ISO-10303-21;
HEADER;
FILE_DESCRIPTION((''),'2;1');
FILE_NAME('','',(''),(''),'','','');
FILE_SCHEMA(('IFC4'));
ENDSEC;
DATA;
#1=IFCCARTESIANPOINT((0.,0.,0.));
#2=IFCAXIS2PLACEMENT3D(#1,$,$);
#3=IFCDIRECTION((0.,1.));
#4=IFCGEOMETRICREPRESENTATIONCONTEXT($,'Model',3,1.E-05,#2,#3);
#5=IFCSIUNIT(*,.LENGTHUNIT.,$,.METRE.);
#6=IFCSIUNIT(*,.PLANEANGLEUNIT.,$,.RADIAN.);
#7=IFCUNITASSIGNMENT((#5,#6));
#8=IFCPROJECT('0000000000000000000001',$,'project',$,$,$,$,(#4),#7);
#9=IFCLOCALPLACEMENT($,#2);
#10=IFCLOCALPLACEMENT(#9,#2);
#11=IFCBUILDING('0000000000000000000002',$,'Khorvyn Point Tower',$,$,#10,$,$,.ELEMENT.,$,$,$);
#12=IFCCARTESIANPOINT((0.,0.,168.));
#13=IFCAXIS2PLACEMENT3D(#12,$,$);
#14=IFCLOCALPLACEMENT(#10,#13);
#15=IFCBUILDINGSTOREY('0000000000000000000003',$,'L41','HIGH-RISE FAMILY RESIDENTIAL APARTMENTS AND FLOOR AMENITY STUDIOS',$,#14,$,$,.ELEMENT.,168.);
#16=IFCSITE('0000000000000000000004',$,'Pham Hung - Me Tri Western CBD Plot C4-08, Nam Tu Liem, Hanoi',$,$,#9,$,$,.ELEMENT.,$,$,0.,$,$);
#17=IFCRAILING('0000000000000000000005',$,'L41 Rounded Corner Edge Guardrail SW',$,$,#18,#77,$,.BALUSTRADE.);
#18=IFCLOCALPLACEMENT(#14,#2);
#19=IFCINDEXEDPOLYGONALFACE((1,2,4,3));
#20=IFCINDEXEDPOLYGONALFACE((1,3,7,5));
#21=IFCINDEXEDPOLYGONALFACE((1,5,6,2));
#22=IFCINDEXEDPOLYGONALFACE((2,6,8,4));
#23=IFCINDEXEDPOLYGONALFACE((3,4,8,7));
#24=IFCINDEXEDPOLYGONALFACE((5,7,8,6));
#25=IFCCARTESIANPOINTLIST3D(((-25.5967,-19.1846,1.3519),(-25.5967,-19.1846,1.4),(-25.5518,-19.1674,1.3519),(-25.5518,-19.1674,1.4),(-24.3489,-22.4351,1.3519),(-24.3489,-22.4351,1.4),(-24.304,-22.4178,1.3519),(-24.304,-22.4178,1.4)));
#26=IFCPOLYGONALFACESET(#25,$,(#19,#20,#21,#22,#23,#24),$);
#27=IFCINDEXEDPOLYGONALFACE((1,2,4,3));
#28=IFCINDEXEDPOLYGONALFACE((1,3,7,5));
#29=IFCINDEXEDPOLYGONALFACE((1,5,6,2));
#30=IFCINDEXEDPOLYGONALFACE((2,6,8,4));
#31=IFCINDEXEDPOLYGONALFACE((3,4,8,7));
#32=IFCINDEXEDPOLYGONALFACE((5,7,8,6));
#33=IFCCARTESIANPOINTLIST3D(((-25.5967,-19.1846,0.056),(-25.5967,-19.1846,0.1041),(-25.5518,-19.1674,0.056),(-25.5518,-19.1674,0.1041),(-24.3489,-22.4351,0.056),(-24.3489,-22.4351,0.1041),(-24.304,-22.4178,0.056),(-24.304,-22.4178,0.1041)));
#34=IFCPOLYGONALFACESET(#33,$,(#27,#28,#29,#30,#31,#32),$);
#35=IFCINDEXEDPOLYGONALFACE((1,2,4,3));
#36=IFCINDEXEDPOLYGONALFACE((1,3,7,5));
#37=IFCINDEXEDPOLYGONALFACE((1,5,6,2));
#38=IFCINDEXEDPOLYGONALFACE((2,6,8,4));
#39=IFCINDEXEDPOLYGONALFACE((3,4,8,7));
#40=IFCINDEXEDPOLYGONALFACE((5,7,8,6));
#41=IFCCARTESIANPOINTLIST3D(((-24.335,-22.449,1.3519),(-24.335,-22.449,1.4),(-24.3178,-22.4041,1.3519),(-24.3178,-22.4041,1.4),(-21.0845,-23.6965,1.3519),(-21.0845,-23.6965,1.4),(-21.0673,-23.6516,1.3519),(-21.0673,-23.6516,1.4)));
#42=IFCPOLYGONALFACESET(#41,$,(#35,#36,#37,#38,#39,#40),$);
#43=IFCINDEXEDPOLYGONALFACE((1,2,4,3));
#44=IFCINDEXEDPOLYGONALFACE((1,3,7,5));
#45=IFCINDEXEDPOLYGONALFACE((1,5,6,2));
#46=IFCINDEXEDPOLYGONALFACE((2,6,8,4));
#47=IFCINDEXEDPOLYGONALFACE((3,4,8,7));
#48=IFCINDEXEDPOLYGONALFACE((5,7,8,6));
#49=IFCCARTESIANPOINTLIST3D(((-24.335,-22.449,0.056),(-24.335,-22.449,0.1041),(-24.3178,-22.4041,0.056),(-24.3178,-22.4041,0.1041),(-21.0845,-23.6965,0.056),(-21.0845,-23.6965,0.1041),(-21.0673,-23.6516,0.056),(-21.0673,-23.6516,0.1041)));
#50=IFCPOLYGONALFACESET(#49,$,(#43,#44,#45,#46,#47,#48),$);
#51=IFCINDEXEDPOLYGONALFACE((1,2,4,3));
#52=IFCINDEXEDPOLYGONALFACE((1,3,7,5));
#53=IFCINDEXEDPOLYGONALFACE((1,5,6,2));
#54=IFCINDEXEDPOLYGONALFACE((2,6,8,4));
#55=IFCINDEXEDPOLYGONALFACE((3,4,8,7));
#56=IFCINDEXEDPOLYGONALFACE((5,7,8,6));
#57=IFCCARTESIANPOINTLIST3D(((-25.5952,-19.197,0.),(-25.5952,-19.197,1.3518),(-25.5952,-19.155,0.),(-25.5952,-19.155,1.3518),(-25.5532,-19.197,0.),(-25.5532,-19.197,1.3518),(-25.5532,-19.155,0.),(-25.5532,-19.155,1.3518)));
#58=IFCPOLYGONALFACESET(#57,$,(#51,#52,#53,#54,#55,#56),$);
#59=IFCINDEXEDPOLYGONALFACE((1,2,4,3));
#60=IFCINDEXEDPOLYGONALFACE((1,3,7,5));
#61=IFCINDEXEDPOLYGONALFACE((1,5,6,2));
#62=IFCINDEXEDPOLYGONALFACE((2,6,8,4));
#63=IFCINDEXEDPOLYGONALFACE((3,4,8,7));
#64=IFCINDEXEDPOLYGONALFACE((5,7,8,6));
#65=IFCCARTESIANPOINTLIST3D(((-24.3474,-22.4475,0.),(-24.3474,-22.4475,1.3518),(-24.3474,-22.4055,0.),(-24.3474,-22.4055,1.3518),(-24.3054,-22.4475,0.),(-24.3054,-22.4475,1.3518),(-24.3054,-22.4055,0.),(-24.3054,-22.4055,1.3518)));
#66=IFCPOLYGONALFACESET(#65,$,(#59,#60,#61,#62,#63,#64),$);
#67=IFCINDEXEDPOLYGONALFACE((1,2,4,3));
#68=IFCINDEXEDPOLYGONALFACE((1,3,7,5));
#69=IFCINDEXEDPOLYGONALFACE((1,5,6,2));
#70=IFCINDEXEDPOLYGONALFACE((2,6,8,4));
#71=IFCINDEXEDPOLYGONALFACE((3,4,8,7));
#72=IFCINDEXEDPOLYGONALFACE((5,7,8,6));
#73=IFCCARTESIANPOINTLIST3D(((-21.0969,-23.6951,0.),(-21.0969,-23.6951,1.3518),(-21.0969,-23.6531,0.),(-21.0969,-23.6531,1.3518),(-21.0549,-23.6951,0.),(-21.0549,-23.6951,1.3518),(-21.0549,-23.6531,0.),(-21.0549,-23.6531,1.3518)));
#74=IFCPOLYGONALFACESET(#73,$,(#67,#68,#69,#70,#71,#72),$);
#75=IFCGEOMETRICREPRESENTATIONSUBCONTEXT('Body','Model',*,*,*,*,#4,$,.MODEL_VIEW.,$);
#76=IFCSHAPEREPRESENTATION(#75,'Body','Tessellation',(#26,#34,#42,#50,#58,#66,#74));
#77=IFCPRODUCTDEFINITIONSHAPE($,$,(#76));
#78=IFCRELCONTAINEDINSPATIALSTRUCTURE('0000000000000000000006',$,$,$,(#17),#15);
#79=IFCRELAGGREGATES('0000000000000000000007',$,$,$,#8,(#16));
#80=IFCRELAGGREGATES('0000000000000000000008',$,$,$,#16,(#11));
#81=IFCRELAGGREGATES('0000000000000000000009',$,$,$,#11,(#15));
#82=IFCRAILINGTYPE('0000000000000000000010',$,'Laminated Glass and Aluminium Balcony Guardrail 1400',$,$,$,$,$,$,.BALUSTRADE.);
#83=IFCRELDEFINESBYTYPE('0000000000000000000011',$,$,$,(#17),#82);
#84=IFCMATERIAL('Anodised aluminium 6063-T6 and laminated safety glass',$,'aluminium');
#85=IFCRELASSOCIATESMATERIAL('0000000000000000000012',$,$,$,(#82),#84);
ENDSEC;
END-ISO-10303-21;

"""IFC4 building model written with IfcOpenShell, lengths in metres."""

from ifc_helpers import new_model, si_unit, direction, frame, origin, origin_2d, place, context, subcontext, project, spatial, rectangle, extrude, material, type_object, element, save


model = new_model("IFC4")

# Units and contexts
model_context = context("Model", 3, precision=1e-05, world=origin(), true_north=direction((0.0, 1.0)))
body_context = subcontext(model_context, "Body", "Model", "MODEL_VIEW")
ifc_project = project(units=[si_unit("LENGTHUNIT", "METRE"), si_unit("PLANEANGLEUNIT", "RADIAN")], contexts=[model_context])

# Site, building, storey
site_placement = place(None, origin())
site = spatial("IfcSite", under=ifc_project, at=site_placement, Name="Pham Hung - Me Tri Western CBD Plot C4-08, Nam Tu Liem, Hanoi", CompositionType="ELEMENT", RefElevation=0.0)
building_placement = place(site_placement, origin())
building = spatial("IfcBuilding", under=site, at=building_placement, Name="Khorvyn Point Tower", CompositionType="ELEMENT")
storey_placement = place(building_placement, frame((0.0, 0.0, 168.0)))
storey = spatial("IfcBuildingStorey", under=building, at=storey_placement, Name="L41", Description="HIGH-RISE FAMILY RESIDENTIAL APARTMENTS AND FLOOR AMENITY STUDIOS", CompositionType="ELEMENT", Elevation=168.0)

# Railing
ifc_material_1 = material(Name="Anodised aluminium 6063-T6 and laminated safety glass", Category="aluminium")
railing_type = type_object("IfcRailingType", Name="Laminated Glass and Aluminium Balcony Guardrail 1400", PredefinedType="BALUSTRADE", material=ifc_material_1)
railing_1_placement = place(storey_placement, frame((-25.5742, -19.176, 0.0)))
element("IfcRailing", 1, at=railing_1_placement, inside=storey, type_object=railing_type, Name="L41 Rounded Corner Edge Guardrail SW", PredefinedType="BALUSTRADE", context=body_context, shape_type="SweptSolid", body=[
    extrude(rectangle(XDim=0.0481, YDim=0.0481, at=origin_2d()), frame((0.0, 0.0, 1.376), z_axis=(0.358382, -0.933575, 0.0), x_axis=(0.933575, 0.358382, 0.0)), (0.0, 0.0, 1.0), 3.4817),
    extrude(rectangle(XDim=0.0481, YDim=0.0481, at=origin_2d()), frame((0.0, 0.0, 0.0801), z_axis=(0.358382, -0.933575, 0.0), x_axis=(0.933575, 0.358382, 0.0)), (0.0, 0.0, 1.0), 3.4817),
    extrude(rectangle(XDim=0.0481, YDim=0.0481, at=origin_2d()), frame((1.2478, -3.2505, 1.376), z_axis=(0.933598, -0.358321, 0.0), x_axis=(0.358321, 0.933598, 0.0)), (0.0, 0.0, 1.0), 3.4817),
    extrude(rectangle(XDim=0.0481, YDim=0.0481, at=origin_2d()), frame((1.2478, -3.2505, 0.0801), z_axis=(0.933598, -0.358321, 0.0), x_axis=(0.358321, 0.933598, 0.0)), (0.0, 0.0, 1.0), 3.4817),
    extrude(rectangle(XDim=0.042, YDim=0.042, at=origin_2d()), origin(), (0.0, 0.0, 1.0), 1.3518),
    extrude(rectangle(XDim=0.042, YDim=0.042, at=origin_2d()), frame((1.2478, -3.2505, 0.0)), (0.0, 0.0, 1.0), 1.3518),
    extrude(rectangle(XDim=0.042, YDim=0.042, at=origin_2d()), frame((4.4983, -4.498, 0.0)), (0.0, 0.0, 1.0), 1.3518),
])

save(model, "model.ifc")
